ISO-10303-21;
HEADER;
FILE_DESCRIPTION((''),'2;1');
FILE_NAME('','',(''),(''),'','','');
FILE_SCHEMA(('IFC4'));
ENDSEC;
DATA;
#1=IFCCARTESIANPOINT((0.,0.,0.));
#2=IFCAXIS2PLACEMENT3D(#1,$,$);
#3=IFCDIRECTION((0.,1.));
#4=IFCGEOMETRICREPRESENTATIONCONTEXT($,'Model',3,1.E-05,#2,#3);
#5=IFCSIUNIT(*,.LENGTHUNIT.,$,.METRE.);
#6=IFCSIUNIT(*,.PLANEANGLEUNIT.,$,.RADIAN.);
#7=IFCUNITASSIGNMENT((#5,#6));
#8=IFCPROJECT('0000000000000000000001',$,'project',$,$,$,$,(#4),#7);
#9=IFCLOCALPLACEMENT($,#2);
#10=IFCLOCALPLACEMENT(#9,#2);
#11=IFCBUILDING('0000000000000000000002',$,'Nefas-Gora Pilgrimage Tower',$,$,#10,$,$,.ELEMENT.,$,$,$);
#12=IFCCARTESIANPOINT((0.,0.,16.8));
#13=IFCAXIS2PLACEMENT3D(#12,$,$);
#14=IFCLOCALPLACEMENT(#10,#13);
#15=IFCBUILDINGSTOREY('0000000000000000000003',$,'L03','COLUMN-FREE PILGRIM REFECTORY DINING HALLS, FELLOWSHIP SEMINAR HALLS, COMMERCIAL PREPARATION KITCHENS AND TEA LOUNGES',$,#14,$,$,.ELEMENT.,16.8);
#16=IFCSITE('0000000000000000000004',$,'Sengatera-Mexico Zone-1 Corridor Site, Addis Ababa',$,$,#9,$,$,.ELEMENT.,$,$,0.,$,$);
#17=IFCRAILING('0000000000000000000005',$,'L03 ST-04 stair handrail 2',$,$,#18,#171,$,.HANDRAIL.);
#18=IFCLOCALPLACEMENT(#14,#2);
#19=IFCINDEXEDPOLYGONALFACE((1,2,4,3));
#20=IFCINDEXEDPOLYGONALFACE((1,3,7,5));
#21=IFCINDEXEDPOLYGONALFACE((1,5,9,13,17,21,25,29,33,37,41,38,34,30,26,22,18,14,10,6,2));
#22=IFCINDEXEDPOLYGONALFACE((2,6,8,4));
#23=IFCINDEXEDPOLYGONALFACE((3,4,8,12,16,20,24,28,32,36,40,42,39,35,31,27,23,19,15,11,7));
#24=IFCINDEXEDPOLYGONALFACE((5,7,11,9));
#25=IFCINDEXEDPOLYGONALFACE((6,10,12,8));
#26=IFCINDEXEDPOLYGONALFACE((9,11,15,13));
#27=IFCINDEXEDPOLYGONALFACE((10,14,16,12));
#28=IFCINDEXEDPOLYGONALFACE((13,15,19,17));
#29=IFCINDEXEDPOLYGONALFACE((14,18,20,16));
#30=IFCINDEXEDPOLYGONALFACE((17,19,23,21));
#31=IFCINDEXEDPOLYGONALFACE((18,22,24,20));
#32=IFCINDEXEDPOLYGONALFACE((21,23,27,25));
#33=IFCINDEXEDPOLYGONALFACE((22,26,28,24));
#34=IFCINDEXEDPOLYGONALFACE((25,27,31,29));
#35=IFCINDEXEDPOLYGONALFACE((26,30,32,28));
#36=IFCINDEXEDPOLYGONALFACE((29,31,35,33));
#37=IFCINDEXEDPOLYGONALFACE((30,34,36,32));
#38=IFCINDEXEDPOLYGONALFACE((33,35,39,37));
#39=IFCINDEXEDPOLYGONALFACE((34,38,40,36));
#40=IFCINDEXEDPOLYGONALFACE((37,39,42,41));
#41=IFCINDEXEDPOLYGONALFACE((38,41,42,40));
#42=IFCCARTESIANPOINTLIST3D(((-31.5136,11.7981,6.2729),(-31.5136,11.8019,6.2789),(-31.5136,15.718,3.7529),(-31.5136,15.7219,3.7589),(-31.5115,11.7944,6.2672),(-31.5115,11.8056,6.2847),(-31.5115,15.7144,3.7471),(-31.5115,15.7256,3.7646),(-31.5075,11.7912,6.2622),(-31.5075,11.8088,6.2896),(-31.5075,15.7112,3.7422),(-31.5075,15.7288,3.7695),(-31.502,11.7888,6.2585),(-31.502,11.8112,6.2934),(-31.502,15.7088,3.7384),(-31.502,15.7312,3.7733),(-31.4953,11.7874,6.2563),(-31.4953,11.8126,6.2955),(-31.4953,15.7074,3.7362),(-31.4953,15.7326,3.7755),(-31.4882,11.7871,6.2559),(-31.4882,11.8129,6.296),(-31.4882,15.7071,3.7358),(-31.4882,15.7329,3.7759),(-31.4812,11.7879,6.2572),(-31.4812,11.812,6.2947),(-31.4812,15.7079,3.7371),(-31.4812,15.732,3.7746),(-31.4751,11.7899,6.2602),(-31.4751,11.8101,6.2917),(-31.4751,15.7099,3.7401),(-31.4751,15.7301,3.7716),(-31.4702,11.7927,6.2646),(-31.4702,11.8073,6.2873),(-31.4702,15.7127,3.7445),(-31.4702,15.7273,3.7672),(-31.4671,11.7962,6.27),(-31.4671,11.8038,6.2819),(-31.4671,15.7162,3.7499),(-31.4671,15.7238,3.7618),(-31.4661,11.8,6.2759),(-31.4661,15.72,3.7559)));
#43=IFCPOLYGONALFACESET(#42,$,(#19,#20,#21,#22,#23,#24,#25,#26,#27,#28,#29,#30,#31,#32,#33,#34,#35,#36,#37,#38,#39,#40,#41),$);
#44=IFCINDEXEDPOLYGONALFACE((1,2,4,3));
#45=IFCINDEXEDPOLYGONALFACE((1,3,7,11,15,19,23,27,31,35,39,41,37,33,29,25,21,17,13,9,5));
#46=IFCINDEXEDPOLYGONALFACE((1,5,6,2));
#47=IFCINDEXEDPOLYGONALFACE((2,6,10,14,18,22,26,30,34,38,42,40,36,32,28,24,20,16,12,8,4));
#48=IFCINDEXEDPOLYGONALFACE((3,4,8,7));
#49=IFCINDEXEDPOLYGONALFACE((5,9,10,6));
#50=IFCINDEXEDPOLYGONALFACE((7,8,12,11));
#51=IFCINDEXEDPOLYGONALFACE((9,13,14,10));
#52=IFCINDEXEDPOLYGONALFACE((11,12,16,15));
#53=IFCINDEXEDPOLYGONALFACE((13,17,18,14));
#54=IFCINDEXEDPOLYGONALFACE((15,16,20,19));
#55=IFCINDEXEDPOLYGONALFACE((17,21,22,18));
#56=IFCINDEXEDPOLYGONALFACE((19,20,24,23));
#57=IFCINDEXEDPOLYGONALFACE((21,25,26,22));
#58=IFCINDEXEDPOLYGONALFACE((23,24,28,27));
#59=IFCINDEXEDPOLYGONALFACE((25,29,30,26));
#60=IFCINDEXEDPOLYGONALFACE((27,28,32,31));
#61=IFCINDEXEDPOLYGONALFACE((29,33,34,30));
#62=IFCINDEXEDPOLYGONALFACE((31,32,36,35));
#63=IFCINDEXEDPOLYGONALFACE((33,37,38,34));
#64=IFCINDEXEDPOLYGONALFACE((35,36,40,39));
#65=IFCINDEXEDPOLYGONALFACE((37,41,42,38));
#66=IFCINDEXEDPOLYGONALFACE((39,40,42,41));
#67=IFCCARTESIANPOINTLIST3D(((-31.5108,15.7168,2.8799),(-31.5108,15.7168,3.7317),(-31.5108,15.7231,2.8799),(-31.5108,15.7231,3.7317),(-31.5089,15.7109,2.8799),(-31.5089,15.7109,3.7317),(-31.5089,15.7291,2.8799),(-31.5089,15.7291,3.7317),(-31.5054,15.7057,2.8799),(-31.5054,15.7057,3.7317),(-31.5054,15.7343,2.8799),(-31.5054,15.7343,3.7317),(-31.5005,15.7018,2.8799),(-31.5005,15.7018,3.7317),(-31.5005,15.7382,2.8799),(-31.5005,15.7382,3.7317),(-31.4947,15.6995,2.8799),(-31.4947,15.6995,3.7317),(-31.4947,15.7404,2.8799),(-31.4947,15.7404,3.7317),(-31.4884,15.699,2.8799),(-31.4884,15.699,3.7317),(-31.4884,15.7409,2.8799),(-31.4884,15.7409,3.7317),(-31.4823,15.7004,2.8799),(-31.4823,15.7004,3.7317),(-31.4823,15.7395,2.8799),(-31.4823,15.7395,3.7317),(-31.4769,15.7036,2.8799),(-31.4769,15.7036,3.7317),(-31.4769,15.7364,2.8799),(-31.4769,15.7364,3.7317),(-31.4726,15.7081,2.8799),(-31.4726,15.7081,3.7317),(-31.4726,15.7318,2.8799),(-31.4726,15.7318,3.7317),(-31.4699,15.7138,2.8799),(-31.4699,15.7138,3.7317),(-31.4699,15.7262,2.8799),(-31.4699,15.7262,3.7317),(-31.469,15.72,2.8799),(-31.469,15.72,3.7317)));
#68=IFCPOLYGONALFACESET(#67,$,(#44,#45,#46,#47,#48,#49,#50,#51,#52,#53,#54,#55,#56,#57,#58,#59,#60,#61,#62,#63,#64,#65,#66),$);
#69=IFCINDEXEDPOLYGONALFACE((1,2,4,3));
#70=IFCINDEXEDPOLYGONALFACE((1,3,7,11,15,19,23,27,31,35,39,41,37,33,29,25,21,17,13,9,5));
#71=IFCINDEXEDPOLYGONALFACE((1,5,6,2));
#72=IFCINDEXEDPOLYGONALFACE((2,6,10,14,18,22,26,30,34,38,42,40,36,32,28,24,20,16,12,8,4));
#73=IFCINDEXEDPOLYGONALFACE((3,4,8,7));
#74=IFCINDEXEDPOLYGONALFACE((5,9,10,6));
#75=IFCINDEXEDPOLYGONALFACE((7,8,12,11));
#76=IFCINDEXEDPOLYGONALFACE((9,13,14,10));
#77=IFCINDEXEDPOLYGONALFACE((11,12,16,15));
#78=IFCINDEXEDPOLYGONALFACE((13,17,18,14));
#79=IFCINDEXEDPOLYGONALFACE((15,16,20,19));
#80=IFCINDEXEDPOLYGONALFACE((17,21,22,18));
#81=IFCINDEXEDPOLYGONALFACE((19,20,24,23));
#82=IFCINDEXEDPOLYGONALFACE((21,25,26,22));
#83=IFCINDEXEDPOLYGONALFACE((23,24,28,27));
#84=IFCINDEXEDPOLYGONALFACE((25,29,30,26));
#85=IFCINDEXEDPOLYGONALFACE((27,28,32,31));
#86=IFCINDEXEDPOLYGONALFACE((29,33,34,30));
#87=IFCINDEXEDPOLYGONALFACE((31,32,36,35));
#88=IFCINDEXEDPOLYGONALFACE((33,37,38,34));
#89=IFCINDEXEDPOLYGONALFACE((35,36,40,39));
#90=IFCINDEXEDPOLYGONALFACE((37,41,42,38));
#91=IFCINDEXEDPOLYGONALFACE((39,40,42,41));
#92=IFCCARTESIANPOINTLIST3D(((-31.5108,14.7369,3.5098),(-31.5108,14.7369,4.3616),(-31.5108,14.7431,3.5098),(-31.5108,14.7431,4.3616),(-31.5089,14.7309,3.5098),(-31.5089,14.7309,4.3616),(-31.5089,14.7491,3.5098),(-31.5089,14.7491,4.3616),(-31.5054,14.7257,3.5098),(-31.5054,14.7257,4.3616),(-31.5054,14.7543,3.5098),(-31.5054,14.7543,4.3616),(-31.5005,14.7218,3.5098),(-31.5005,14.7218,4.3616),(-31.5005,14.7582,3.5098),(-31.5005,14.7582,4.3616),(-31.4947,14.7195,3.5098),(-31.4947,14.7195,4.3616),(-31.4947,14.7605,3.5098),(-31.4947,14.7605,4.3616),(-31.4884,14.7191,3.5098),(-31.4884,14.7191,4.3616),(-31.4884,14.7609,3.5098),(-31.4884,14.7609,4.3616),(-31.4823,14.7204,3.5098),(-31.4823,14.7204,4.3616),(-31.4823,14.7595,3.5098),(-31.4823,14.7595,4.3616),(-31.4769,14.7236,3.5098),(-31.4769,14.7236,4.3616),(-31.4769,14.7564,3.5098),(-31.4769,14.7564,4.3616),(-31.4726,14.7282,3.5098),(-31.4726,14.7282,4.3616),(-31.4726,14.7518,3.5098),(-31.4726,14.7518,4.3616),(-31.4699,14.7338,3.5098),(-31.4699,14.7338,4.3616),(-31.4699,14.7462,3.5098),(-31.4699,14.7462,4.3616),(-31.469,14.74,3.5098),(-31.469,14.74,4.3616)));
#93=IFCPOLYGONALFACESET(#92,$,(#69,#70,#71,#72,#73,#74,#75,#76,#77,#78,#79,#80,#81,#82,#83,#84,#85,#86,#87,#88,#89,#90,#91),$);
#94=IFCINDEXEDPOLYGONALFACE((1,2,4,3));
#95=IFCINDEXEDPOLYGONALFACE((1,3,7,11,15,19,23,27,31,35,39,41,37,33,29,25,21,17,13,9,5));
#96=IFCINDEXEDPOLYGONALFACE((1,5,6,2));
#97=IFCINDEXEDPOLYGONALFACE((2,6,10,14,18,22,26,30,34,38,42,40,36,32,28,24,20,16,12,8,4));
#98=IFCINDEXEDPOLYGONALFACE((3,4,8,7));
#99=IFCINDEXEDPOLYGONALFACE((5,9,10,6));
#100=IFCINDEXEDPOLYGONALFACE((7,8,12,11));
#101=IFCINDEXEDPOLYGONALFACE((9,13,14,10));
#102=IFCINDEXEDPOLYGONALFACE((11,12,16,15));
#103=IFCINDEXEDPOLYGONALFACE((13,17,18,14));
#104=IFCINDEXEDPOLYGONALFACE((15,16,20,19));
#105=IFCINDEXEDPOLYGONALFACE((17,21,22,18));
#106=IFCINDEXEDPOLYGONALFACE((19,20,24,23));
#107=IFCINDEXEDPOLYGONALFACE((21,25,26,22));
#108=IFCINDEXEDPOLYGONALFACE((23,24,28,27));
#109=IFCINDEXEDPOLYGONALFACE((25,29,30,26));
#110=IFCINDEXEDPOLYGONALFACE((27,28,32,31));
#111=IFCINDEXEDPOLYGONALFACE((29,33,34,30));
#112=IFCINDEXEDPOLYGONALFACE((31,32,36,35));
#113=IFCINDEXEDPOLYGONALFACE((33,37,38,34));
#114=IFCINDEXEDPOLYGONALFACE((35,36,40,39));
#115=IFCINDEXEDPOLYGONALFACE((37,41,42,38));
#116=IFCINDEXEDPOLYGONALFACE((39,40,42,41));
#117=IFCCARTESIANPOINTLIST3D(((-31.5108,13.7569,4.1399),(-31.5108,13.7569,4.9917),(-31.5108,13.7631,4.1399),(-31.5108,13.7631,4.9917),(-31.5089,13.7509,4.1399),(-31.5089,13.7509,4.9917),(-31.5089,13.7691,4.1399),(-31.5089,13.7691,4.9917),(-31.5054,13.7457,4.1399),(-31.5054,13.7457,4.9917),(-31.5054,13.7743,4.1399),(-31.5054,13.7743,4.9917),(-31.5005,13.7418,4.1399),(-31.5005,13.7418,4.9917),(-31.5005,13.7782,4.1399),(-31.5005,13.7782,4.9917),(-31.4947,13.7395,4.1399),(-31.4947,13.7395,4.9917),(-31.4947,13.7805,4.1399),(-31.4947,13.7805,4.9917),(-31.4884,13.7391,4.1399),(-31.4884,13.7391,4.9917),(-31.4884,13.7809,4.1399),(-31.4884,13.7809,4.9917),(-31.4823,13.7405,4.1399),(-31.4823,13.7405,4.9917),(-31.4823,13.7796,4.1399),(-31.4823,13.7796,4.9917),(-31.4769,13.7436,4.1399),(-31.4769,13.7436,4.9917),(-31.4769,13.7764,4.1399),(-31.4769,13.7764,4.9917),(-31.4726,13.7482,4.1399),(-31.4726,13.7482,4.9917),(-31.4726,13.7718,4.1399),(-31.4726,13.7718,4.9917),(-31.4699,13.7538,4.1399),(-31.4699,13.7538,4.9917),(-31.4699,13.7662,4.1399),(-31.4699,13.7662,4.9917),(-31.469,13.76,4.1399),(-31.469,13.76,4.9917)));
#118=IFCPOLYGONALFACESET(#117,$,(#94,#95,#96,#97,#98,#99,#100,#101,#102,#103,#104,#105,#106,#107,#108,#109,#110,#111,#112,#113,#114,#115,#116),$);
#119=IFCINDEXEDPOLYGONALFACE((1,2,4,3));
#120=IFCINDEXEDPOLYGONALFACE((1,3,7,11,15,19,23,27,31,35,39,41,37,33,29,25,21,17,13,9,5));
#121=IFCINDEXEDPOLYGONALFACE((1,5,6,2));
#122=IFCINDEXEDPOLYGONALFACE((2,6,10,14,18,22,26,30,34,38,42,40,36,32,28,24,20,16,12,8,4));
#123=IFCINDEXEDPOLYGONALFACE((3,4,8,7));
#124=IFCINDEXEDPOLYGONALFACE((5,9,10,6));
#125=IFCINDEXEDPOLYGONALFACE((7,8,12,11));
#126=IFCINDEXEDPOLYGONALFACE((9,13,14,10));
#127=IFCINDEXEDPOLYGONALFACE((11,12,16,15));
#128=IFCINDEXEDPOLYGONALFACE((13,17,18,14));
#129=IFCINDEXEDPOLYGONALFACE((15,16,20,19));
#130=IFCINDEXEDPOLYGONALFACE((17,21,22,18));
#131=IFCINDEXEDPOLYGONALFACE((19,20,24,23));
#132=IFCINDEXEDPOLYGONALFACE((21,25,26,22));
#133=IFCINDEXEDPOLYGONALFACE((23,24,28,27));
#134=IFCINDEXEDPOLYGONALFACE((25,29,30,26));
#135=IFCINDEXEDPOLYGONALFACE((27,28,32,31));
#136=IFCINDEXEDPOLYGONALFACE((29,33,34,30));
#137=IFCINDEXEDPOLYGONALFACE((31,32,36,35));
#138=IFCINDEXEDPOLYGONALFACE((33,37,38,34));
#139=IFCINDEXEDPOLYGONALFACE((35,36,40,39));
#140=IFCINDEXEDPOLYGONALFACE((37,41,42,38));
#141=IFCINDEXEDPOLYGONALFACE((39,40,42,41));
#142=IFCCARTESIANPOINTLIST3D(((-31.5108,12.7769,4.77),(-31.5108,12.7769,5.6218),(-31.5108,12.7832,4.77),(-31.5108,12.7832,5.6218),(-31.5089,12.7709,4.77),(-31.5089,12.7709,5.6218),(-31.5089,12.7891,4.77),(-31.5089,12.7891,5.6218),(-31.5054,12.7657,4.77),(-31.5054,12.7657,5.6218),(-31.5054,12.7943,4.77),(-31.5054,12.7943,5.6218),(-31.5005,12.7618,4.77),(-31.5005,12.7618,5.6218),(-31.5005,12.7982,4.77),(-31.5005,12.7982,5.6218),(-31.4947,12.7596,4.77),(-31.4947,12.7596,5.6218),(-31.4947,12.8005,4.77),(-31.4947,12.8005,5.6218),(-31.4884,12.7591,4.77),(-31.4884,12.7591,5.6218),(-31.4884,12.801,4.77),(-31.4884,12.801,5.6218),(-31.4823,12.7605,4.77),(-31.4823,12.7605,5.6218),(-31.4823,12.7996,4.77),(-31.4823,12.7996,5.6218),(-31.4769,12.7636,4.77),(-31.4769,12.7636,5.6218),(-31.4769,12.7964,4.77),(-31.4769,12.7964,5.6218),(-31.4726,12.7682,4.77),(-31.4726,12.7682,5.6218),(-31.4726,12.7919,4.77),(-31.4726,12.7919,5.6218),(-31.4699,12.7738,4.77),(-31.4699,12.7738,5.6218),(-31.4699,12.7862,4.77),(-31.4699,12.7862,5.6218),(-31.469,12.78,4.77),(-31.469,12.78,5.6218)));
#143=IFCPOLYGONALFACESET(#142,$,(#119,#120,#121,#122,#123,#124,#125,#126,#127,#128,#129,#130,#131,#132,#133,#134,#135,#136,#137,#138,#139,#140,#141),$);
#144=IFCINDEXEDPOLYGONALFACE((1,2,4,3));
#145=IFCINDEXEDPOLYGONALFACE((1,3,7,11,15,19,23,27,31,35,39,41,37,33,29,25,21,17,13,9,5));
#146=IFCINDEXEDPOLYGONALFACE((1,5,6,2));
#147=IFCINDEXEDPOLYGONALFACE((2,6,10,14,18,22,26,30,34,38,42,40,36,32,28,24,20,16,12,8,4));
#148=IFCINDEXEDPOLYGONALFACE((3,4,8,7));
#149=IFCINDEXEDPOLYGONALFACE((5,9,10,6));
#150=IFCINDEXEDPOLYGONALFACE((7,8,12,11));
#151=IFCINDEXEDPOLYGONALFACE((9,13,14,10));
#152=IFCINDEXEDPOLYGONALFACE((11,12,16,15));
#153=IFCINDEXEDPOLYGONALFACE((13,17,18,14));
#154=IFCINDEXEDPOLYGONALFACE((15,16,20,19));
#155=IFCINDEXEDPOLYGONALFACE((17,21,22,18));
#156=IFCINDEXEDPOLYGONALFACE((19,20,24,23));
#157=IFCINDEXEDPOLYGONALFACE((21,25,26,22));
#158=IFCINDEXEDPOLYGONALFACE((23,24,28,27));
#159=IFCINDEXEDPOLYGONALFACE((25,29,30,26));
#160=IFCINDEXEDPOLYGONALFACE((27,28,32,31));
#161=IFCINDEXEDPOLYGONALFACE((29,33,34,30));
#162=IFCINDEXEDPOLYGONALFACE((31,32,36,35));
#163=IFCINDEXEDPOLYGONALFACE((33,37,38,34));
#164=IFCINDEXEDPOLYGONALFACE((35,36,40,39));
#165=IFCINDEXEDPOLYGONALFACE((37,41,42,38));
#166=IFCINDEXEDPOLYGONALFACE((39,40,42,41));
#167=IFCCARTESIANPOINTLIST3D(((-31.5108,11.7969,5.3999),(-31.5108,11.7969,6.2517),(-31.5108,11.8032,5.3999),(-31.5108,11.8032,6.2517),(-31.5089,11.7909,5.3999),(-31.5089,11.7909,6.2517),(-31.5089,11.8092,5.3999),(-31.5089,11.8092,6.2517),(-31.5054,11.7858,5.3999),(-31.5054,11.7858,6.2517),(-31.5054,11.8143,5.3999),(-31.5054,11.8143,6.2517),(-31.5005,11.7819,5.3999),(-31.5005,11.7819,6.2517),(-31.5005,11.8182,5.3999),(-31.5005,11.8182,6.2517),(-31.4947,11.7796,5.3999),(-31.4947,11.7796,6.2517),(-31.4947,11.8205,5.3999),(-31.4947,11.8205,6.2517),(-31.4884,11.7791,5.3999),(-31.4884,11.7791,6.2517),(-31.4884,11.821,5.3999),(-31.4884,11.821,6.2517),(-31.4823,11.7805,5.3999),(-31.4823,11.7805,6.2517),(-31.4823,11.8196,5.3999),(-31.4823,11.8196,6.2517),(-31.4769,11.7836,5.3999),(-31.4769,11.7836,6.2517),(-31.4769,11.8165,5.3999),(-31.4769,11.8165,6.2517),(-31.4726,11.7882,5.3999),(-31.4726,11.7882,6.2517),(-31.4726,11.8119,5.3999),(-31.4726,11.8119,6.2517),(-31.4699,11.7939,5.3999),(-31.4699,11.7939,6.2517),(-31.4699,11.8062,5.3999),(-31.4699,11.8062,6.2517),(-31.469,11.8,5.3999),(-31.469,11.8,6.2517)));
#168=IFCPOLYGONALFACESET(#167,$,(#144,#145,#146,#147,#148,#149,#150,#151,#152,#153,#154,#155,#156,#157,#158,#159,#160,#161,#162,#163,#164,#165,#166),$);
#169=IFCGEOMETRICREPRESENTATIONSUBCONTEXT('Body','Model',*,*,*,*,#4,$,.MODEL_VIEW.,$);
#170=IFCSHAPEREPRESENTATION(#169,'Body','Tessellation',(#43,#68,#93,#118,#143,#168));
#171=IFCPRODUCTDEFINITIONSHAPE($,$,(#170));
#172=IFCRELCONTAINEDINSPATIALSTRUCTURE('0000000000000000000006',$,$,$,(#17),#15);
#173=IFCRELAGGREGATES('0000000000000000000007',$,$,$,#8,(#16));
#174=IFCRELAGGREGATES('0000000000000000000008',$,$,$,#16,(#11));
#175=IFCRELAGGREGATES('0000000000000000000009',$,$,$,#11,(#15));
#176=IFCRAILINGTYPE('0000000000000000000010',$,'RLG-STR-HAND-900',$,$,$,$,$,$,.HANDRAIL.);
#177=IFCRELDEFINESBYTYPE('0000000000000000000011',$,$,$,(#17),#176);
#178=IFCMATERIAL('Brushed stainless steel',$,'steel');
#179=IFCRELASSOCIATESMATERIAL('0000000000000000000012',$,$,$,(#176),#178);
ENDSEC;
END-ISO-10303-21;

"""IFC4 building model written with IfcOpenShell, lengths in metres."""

from ifc_helpers import new_model, si_unit, direction, frame, origin, origin_2d, place, context, subcontext, project, spatial, circle, extrude, material, type_object, element, save


model = new_model("IFC4")

# Units and contexts
model_context = context("Model", 3, precision=1e-05, world=origin(), true_north=direction((0.0, 1.0)))
body_context = subcontext(model_context, "Body", "Model", "MODEL_VIEW")
ifc_project = project(units=[si_unit("LENGTHUNIT", "METRE"), si_unit("PLANEANGLEUNIT", "RADIAN")], contexts=[model_context])

# Site, building, storey
site_placement = place(None, origin())
site = spatial("IfcSite", under=ifc_project, at=site_placement, Name="Sengatera-Mexico Zone-1 Corridor Site, Addis Ababa", CompositionType="ELEMENT", RefElevation=0.0)
building_placement = place(site_placement, origin())
building = spatial("IfcBuilding", under=site, at=building_placement, Name="Nefas-Gora Pilgrimage Tower", CompositionType="ELEMENT")
storey_placement = place(building_placement, frame((0.0, 0.0, 16.8)))
storey = spatial("IfcBuildingStorey", under=building, at=storey_placement, Name="L03", Description="COLUMN-FREE PILGRIM REFECTORY DINING HALLS, FELLOWSHIP SEMINAR HALLS, COMMERCIAL PREPARATION KITCHENS AND TEA LOUNGES", CompositionType="ELEMENT", Elevation=16.8)

# Railing
ifc_material_1 = material(Name="Brushed stainless steel", Category="steel")
railing_type_1 = type_object("IfcRailingType", Name="RLG-STR-HAND-900", PredefinedType="HANDRAIL", material=ifc_material_1)
railing_1_placement = place(storey_placement, frame((-31.49, 15.72, 2.8799)))
element("IfcRailing", 1, at=railing_1_placement, inside=storey, type_object=railing_type_1, Name="L03 ST-04 stair handrail 2", PredefinedType="HANDRAIL", context=body_context, shape_type="SweptSolid", body=[
    extrude(circle(Radius=0.0239, at=origin_2d()), frame((0.0, 0.0, 0.876), z_axis=(0.0, -0.841172, 0.540768), x_axis=(1.0, 0.0, 0.0)), (0.0, 0.0, 1.0), 4.6602),
    extrude(circle(Radius=0.021, at=origin_2d()), origin(), (0.0, 0.0, 1.0), 0.8518),
    extrude(circle(Radius=0.021, at=origin_2d()), frame((0.0, -0.98, 0.6299)), (0.0, 0.0, 1.0), 0.8518),
    extrude(circle(Radius=0.021, at=origin_2d()), frame((0.0, -1.96, 1.26)), (0.0, 0.0, 1.0), 0.8518),
    extrude(circle(Radius=0.021, at=origin_2d()), frame((0.0, -2.9399, 1.8901)), (0.0, 0.0, 1.0), 0.8518),
    extrude(circle(Radius=0.021, at=origin_2d()), frame((0.0, -3.9199, 2.52)), (0.0, 0.0, 1.0), 0.8518),
])

save(model, "model.ifc")
